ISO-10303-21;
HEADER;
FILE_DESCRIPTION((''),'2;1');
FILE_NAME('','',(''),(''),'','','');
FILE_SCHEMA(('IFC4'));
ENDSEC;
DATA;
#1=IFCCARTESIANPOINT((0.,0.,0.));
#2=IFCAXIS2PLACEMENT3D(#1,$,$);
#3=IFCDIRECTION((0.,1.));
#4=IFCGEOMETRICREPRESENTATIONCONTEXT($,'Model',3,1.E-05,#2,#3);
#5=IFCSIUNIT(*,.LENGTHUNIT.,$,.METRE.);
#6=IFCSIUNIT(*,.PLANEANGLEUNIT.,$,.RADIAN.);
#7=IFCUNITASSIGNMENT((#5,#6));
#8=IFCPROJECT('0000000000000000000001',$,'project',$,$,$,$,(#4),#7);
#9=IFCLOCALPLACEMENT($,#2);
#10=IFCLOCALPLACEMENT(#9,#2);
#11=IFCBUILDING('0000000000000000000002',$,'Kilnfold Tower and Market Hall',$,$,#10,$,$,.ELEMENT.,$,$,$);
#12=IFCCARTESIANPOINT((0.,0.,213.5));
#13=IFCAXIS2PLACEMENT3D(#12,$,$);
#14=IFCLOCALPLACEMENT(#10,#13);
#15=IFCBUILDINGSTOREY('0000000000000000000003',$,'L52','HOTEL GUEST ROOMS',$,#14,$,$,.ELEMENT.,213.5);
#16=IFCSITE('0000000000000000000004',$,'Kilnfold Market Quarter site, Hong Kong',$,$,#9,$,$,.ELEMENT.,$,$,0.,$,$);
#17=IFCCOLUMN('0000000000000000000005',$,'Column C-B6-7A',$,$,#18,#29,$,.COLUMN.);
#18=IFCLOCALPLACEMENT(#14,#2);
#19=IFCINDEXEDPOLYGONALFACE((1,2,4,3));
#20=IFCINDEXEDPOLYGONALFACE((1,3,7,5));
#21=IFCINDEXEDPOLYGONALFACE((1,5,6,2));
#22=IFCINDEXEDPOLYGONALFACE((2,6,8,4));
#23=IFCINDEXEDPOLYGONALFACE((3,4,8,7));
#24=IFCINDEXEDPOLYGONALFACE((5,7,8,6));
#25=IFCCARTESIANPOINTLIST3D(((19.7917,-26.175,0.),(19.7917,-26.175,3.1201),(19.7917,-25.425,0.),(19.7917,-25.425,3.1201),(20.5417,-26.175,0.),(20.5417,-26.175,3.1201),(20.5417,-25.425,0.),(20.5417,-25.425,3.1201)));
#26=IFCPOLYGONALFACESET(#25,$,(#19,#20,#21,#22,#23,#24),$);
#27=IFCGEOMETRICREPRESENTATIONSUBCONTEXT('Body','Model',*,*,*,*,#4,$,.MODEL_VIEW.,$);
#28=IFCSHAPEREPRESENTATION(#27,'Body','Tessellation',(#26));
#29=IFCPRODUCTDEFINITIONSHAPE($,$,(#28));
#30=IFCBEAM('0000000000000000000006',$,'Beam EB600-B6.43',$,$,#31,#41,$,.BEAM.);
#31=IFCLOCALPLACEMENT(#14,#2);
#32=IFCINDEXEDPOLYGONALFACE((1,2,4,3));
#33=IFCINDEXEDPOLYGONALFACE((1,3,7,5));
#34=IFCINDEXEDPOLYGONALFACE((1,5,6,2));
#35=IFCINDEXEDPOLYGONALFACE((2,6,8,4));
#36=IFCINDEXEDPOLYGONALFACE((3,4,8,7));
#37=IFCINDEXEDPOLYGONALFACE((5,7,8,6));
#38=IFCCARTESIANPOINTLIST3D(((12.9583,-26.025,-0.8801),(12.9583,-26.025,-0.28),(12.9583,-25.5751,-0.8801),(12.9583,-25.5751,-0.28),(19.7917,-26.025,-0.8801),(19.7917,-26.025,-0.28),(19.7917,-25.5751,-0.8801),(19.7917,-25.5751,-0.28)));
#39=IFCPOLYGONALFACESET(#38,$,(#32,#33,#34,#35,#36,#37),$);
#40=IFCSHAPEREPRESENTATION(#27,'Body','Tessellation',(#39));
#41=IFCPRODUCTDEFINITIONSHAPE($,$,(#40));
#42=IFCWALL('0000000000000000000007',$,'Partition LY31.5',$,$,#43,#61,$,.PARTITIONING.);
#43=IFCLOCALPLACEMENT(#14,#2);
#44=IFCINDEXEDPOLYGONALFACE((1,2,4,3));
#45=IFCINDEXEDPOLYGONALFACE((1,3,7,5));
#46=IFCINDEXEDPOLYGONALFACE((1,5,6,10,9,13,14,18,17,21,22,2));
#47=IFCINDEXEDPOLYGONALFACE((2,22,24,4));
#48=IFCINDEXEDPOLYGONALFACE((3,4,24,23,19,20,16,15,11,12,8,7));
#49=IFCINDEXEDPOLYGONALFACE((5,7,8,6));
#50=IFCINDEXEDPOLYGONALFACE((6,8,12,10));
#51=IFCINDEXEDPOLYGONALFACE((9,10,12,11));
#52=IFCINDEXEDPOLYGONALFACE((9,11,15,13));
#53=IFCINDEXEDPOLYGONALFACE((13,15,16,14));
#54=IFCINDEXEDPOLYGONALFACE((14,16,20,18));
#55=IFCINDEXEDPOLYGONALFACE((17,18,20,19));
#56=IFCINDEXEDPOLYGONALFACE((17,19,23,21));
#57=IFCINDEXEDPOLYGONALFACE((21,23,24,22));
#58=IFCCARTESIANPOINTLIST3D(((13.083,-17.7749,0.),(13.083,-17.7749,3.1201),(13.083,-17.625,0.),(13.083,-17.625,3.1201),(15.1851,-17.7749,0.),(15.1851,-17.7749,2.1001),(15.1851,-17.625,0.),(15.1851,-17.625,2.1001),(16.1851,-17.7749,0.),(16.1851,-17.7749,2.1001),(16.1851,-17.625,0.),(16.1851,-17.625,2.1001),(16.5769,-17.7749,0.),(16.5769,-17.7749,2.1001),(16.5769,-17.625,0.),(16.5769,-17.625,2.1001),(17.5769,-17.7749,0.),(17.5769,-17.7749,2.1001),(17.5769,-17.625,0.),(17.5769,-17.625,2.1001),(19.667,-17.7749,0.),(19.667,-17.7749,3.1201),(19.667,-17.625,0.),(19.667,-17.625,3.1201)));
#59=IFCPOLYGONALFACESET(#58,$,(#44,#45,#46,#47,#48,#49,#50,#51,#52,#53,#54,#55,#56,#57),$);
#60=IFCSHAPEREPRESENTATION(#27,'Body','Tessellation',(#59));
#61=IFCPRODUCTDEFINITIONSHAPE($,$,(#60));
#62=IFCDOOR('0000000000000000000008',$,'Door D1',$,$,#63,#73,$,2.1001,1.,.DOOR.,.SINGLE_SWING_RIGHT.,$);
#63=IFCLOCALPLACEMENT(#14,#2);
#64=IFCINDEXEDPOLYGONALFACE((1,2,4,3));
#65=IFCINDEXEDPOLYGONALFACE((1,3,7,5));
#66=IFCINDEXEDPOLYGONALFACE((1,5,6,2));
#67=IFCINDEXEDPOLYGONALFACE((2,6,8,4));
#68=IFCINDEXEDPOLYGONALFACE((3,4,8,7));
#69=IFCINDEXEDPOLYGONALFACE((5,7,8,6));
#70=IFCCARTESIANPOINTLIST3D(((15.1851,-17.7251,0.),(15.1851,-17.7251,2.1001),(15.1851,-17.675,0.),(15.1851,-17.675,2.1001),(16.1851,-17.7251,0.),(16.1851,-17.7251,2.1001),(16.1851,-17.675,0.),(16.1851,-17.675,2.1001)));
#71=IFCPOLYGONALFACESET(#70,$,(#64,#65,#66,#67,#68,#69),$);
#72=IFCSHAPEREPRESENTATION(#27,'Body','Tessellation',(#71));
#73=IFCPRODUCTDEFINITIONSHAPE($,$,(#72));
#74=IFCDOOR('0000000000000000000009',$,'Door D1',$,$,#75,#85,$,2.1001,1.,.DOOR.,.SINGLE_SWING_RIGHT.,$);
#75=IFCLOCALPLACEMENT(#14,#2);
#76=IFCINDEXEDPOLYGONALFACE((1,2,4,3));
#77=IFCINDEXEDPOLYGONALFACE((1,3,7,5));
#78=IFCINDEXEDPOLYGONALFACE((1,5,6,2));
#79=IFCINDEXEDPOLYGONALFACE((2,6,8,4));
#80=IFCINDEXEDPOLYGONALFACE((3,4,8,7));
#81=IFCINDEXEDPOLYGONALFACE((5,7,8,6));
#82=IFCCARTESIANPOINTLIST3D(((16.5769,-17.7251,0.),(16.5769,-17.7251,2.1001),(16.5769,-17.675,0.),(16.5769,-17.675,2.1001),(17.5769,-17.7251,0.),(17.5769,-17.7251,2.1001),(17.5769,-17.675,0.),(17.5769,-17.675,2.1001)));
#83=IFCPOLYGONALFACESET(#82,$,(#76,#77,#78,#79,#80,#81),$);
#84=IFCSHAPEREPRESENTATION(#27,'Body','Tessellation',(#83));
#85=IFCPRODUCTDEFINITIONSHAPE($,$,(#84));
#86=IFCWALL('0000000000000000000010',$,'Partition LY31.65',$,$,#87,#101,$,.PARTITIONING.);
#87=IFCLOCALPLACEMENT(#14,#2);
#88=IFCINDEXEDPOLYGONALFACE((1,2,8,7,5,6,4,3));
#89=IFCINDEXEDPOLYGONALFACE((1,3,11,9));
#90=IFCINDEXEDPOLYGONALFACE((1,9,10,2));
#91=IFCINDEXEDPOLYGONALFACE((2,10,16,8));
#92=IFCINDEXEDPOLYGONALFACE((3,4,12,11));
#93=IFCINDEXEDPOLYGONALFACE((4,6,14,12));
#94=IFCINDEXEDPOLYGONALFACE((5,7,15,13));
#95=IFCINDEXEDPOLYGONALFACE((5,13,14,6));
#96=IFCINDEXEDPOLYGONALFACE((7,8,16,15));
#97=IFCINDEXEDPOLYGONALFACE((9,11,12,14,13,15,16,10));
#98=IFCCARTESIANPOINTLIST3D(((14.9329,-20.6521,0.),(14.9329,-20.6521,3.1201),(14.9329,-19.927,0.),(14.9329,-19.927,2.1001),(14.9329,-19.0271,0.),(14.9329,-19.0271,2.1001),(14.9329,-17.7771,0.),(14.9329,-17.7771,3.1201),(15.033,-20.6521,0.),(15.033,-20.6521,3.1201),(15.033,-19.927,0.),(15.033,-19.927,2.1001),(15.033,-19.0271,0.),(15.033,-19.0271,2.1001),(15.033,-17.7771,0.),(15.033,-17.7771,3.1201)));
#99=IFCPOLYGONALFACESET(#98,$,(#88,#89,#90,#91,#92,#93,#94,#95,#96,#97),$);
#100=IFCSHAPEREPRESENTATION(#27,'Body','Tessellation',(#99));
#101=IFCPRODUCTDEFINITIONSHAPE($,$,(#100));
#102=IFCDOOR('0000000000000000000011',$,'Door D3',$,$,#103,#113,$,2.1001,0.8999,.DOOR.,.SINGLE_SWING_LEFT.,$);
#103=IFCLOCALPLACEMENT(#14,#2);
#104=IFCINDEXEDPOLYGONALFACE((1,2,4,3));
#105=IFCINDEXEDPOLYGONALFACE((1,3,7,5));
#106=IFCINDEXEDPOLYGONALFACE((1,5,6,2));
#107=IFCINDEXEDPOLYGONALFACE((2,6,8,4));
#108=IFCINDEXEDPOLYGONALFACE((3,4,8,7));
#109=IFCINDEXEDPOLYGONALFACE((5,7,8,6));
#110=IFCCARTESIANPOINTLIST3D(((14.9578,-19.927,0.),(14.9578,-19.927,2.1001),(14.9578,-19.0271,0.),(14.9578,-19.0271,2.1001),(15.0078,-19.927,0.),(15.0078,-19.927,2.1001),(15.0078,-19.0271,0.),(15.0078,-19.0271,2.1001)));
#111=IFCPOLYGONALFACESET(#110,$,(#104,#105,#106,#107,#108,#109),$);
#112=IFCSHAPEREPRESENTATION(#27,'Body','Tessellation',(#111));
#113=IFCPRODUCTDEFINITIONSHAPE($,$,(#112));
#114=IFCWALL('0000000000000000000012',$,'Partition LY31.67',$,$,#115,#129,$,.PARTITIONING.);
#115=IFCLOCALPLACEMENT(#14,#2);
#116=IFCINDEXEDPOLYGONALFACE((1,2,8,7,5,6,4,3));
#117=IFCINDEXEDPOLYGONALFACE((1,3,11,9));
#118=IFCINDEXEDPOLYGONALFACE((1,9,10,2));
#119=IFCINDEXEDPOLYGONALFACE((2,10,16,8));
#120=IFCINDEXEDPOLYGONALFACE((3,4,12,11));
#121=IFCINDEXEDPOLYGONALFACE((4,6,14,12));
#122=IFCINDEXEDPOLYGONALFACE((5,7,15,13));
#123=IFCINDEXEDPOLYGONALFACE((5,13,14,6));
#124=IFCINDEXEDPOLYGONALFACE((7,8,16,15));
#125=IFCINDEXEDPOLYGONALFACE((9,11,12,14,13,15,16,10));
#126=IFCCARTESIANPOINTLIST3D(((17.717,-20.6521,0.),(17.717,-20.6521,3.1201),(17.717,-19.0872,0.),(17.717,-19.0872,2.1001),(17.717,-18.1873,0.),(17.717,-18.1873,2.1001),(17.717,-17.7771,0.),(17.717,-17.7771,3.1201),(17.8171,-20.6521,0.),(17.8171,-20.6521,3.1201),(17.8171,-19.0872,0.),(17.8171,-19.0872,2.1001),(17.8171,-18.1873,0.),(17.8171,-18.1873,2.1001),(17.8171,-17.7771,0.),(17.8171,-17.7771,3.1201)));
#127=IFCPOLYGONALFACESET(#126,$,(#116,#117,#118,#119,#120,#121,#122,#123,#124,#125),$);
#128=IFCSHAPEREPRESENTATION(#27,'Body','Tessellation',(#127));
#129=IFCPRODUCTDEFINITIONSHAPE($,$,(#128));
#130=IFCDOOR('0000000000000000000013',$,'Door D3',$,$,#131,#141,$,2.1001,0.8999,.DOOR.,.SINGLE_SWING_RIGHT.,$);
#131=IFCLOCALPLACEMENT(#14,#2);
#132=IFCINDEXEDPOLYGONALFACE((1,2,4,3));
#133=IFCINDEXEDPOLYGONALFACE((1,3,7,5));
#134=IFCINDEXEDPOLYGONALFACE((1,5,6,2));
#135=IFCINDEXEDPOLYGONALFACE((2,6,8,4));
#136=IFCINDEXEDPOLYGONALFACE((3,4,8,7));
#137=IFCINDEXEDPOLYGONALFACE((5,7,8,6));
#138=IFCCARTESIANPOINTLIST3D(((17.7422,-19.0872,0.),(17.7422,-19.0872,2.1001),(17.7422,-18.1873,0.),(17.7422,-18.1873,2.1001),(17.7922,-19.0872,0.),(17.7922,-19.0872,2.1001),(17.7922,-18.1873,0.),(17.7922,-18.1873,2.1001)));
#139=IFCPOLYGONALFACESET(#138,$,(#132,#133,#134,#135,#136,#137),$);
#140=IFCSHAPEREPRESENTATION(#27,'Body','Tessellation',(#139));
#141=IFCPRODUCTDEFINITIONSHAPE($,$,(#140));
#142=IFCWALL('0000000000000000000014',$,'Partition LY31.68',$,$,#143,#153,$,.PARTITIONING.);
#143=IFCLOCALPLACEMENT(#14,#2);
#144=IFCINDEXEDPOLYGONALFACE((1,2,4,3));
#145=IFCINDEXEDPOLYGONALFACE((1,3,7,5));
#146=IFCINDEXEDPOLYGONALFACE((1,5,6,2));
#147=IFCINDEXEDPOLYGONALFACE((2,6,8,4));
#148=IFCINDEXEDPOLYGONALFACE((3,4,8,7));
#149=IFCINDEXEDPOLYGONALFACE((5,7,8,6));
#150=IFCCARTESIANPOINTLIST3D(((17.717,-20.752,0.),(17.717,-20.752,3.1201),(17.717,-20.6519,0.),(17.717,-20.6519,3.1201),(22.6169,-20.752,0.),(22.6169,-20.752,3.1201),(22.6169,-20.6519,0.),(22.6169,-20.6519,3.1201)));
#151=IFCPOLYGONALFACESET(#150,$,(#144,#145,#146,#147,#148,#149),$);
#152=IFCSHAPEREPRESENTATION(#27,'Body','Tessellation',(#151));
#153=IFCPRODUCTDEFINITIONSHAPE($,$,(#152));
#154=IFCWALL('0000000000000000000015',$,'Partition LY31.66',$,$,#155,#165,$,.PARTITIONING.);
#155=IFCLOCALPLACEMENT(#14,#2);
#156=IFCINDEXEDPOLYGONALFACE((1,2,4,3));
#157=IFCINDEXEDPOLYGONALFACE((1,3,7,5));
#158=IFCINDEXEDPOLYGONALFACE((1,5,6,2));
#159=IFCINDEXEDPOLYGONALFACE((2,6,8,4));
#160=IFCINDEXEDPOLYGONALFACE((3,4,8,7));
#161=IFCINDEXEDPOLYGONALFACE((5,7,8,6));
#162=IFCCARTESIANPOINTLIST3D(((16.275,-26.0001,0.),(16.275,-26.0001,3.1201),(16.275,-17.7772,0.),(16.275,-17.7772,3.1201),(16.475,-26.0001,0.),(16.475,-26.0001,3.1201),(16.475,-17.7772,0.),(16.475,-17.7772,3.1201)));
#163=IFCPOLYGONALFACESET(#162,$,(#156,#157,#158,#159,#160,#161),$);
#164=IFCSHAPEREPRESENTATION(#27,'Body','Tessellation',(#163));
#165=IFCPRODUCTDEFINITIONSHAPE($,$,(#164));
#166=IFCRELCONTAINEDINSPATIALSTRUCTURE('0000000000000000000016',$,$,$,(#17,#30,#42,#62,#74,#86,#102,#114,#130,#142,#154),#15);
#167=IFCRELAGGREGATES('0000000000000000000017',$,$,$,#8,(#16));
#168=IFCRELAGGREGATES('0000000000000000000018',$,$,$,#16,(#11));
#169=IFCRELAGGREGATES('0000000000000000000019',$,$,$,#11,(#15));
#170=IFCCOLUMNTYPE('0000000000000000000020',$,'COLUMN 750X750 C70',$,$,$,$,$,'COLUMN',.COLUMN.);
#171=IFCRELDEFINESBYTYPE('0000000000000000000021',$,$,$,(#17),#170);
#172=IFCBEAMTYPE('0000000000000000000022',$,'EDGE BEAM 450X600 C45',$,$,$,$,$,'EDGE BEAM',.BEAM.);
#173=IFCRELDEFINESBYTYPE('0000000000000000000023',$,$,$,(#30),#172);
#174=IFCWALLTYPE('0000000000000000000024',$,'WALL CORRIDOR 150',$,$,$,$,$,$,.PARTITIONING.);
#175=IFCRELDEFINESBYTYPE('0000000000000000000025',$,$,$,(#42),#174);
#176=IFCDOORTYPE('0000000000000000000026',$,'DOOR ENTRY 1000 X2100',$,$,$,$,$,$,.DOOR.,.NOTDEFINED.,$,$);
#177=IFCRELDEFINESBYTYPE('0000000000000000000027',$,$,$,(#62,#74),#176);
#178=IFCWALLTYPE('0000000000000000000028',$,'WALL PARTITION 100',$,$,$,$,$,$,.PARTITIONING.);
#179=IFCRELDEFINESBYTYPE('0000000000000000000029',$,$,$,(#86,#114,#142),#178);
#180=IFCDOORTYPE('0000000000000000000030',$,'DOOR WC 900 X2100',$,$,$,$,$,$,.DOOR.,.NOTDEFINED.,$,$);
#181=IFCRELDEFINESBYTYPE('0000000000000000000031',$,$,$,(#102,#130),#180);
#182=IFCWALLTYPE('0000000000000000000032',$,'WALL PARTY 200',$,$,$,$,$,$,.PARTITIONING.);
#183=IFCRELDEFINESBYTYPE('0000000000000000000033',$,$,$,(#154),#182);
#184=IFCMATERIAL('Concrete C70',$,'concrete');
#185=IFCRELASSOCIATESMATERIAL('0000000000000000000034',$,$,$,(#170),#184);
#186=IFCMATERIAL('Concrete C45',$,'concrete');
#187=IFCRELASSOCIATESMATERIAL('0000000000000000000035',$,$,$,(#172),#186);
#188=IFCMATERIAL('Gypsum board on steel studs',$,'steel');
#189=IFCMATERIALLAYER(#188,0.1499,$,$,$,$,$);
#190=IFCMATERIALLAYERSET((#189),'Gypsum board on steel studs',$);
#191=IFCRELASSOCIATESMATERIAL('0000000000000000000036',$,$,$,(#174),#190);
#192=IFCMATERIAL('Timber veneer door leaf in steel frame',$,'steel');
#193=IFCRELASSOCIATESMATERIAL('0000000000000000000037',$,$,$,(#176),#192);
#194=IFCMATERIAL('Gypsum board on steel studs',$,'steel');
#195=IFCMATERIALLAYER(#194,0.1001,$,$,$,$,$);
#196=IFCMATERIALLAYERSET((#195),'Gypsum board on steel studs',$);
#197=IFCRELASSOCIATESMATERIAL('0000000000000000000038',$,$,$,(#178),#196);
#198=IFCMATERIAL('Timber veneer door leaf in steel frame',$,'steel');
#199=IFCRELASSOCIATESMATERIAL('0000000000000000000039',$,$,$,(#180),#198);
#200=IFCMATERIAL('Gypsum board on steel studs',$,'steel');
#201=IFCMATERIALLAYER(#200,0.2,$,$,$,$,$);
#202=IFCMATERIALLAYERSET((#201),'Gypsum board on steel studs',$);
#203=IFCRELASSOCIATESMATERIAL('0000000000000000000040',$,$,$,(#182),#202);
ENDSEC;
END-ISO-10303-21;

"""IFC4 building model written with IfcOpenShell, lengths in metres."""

from ifc_helpers import new_model, si_unit, direction, frame, frame_2d, origin, origin_2d, place, context, subcontext, project, spatial, rectangle, extrude, source, transform, mapped, material, layer, layer_set, material_profile, profile_set, type_object, element, fill, save


model = new_model("IFC4")

# Units and contexts
model_context = context("Model", 3, precision=1e-05, world=origin(), true_north=direction((0.0, 1.0)))
body_context = subcontext(model_context, "Body", "Model", "MODEL_VIEW")
ifc_project = project(units=[si_unit("LENGTHUNIT", "METRE"), si_unit("PLANEANGLEUNIT", "RADIAN")], contexts=[model_context])

# Site, building, storey
site_placement = place(None, origin())
site = spatial("IfcSite", under=ifc_project, at=site_placement, Name="Kilnfold Market Quarter site, Hong Kong", CompositionType="ELEMENT", RefElevation=0.0)
building_placement = place(site_placement, origin())
building = spatial("IfcBuilding", under=site, at=building_placement, Name="Kilnfold Tower and Market Hall", CompositionType="ELEMENT")
storey_placement = place(building_placement, frame((0.0, 0.0, 213.5)))
storey = spatial("IfcBuildingStorey", under=building, at=storey_placement, Name="L52", Description="HOTEL GUEST ROOMS", CompositionType="ELEMENT", Elevation=213.5)

# Column
ifc_material_1 = material(Name="Concrete C70", Category="concrete")
ifc_material_profile_1 = material_profile(ifc_material_1, rectangle(XDim=0.75, YDim=0.75, at=origin_2d()), Name="RC 750x750")
ifc_profile_set_1 = profile_set([ifc_material_profile_1], Name="Concrete C70")
column_type = type_object("IfcColumnType", Name="COLUMN 750X750 C70", ElementType="COLUMN", PredefinedType="COLUMN", material=ifc_profile_set_1)
shared_shape_1 = source(origin(), body_context, "Body", "SweptSolid", [
    extrude(rectangle(XDim=0.75, YDim=0.75, at=origin_2d()), origin(), (0.0, 0.0, 1.0), 3.1201),
])
column_placement = place(storey_placement, frame((20.1667, -25.8, 0.0), z_axis=(0.0, 0.0, 1.0), x_axis=(1.0, 0.0, 0.0)))
element("IfcColumn", 1, at=column_placement, inside=storey, type_object=column_type, Name="Column C-B6-7A", PredefinedType="COLUMN", context=body_context, shape_type="MappedRepresentation", body=[
    mapped(shared_shape_1, transform((0.0, 0.0, 0.0))),
])

# Beam
ifc_material_2 = material(Name="Concrete C45", Category="concrete")
ifc_material_profile_2 = material_profile(ifc_material_2, rectangle(XDim=0.45, YDim=0.6001, at=origin_2d()), Name="RC 450x600")
ifc_profile_set_2 = profile_set([ifc_material_profile_2], Name="Concrete C45")
beam_type = type_object("IfcBeamType", Name="EDGE BEAM 450X600 C45", ElementType="EDGE BEAM", PredefinedType="BEAM", material=ifc_profile_set_2)
shared_shape_2 = source(origin(), body_context, "Body", "SweptSolid", [
    extrude(rectangle(XDim=0.45, YDim=0.6001, at=origin_2d()), origin(), (0.0, 0.0, 1.0), 6.8335),
])
beam_placement = place(storey_placement, frame((12.9583, -25.8, -0.5801), z_axis=(1.0, 0.0, 0.0), x_axis=(0.0, 1.0, 0.0)))
element("IfcBeam", 2, at=beam_placement, inside=storey, type_object=beam_type, Name="Beam EB600-B6.43", PredefinedType="BEAM", context=body_context, shape_type="MappedRepresentation", body=[
    mapped(shared_shape_2, transform((0.0, 0.0, 0.0))),
])

# Wall, openings, doors
ifc_material_3 = material(Name="Gypsum board on steel studs", Category="steel")
ifc_layer_1 = layer(ifc_material_3, 0.1499)
ifc_layer_set_1 = layer_set([ifc_layer_1], Name="Gypsum board on steel studs")
wall_type_1 = type_object("IfcWallType", Name="WALL CORRIDOR 150", PredefinedType="PARTITIONING", material=ifc_layer_set_1)
wall_1_placement = place(storey_placement, frame((13.083, -17.7, 0.0), z_axis=(0.0, 0.0, 1.0), x_axis=(1.0, 0.0, 0.0)))
wall_1 = element("IfcWall", 3, at=wall_1_placement, inside=storey, type_object=wall_type_1, Name="Partition LY31.5", PredefinedType="PARTITIONING", context=body_context, shape_type="SweptSolid", body=[
    extrude(rectangle(XDim=6.584, YDim=0.1499, at=frame_2d((3.292, 0.0))), origin(), (0.0, 0.0, 1.0), 3.1201),
])
opening_1_placement = place(wall_1_placement, frame((2.1021, 0.0, 0.0)))
opening_1 = element("IfcOpeningElement", 4, at=opening_1_placement, cuts=wall_1, PredefinedType="OPENING", context=body_context, shape_type="SweptSolid", body=[
    extrude(rectangle(XDim=1.0, YDim=2.1001, at=frame_2d((0.5, 1.05))), frame((0.0, 0.085, 0.0), z_axis=(0.0, -1.0, 0.0), x_axis=(1.0, 0.0, 0.0)), (0.0, 0.0, 1.0), 0.1699),
])
opening_2_placement = place(wall_1_placement, frame((3.4939, 0.0, 0.0)))
opening_2 = element("IfcOpeningElement", 5, at=opening_2_placement, cuts=wall_1, PredefinedType="OPENING", context=body_context, shape_type="SweptSolid", body=[
    extrude(rectangle(XDim=1.0, YDim=2.1001, at=frame_2d((0.5, 1.05))), frame((0.0, 0.085, 0.0), z_axis=(0.0, -1.0, 0.0), x_axis=(1.0, 0.0, 0.0)), (0.0, 0.0, 1.0), 0.1699),
])
ifc_material_4 = material(Name="Timber veneer door leaf in steel frame", Category="steel")
door_type_1 = type_object("IfcDoorType", Name="DOOR ENTRY 1000 X2100", OperationType="NOTDEFINED", PredefinedType="DOOR", material=ifc_material_4)
door_1_placement = place(opening_1_placement, origin())
door_1 = element("IfcDoor", 6, at=door_1_placement, inside=storey, type_object=door_type_1, Name="Door D1", OperationType="SINGLE_SWING_RIGHT", OverallHeight=2.1001, OverallWidth=1.0, PredefinedType="DOOR", context=body_context, shape_type="SweptSolid", body=[
    extrude(rectangle(XDim=1.0, YDim=2.1001, at=frame_2d((0.5, 1.05))), frame((0.0, 0.0249, 0.0), z_axis=(0.0, -1.0, 0.0), x_axis=(1.0, 0.0, 0.0)), (0.0, 0.0, 1.0), 0.05),
])
fill(opening_1, door_1)
door_2_placement = place(opening_2_placement, origin())
door_2 = element("IfcDoor", 7, at=door_2_placement, inside=storey, type_object=door_type_1, Name="Door D1", OperationType="SINGLE_SWING_RIGHT", OverallHeight=2.1001, OverallWidth=1.0, PredefinedType="DOOR", context=body_context, shape_type="SweptSolid", body=[
    extrude(rectangle(XDim=1.0, YDim=2.1001, at=frame_2d((0.5, 1.05))), frame((0.0, 0.0249, 0.0), z_axis=(0.0, -1.0, 0.0), x_axis=(1.0, 0.0, 0.0)), (0.0, 0.0, 1.0), 0.05),
])
fill(opening_2, door_2)

# Walls, openings, doors
ifc_material_5 = material(Name="Gypsum board on steel studs", Category="steel")
ifc_layer_2 = layer(ifc_material_5, 0.1001)
ifc_layer_set_2 = layer_set([ifc_layer_2], Name="Gypsum board on steel studs")
wall_type_2 = type_object("IfcWallType", Name="WALL PARTITION 100", PredefinedType="PARTITIONING", material=ifc_layer_set_2)
wall_2_placement = place(storey_placement, frame((14.9829, -17.7771, 0.0), z_axis=(0.0, 0.0, 1.0), x_axis=(0.0, -1.0, 0.0)))
wall_2 = element("IfcWall", 8, at=wall_2_placement, inside=storey, type_object=wall_type_2, Name="Partition LY31.65", PredefinedType="PARTITIONING", context=body_context, shape_type="SweptSolid", body=[
    extrude(rectangle(XDim=2.875, YDim=0.1001, at=frame_2d((1.4375, 0.0))), origin(), (0.0, 0.0, 1.0), 3.1201),
])
opening_3_placement = place(wall_2_placement, frame((1.25, 0.0, 0.0)))
opening_3 = element("IfcOpeningElement", 9, at=opening_3_placement, cuts=wall_2, PredefinedType="OPENING", context=body_context, shape_type="SweptSolid", body=[
    extrude(rectangle(XDim=0.8999, YDim=2.1001, at=frame_2d((0.45, 1.05))), frame((0.0, 0.0601, 0.0), z_axis=(0.0, -1.0, 0.0), x_axis=(1.0, 0.0, 0.0)), (0.0, 0.0, 1.0), 0.1201),
])
ifc_material_6 = material(Name="Timber veneer door leaf in steel frame", Category="steel")
door_type_2 = type_object("IfcDoorType", Name="DOOR WC 900 X2100", OperationType="NOTDEFINED", PredefinedType="DOOR", material=ifc_material_6)
door_3_placement = place(opening_3_placement, origin())
door_3 = element("IfcDoor", 10, at=door_3_placement, inside=storey, type_object=door_type_2, Name="Door D3", OperationType="SINGLE_SWING_LEFT", OverallHeight=2.1001, OverallWidth=0.8999, PredefinedType="DOOR", context=body_context, shape_type="SweptSolid", body=[
    extrude(rectangle(XDim=0.8999, YDim=2.1001, at=frame_2d((0.45, 1.05))), frame((0.0, 0.0249, 0.0), z_axis=(0.0, -1.0, 0.0), x_axis=(1.0, 0.0, 0.0)), (0.0, 0.0, 1.0), 0.05),
])
fill(opening_3, door_3)
wall_3_placement = place(storey_placement, frame((17.7671, -20.6521, 0.0), z_axis=(0.0, 0.0, 1.0), x_axis=(0.0, 1.0, 0.0)))
wall_3 = element("IfcWall", 11, at=wall_3_placement, inside=storey, type_object=wall_type_2, Name="Partition LY31.67", PredefinedType="PARTITIONING", context=body_context, shape_type="SweptSolid", body=[
    extrude(rectangle(XDim=2.875, YDim=0.1001, at=frame_2d((1.4375, 0.0))), origin(), (0.0, 0.0, 1.0), 3.1201),
])
opening_4_placement = place(wall_3_placement, frame((1.5649, 0.0, 0.0)))
opening_4 = element("IfcOpeningElement", 12, at=opening_4_placement, cuts=wall_3, PredefinedType="OPENING", context=body_context, shape_type="SweptSolid", body=[
    extrude(rectangle(XDim=0.8999, YDim=2.1001, at=frame_2d((0.45, 1.05))), frame((0.0, 0.0601, 0.0), z_axis=(0.0, -1.0, 0.0), x_axis=(1.0, 0.0, 0.0)), (0.0, 0.0, 1.0), 0.1201),
])
door_4_placement = place(opening_4_placement, origin())
door_4 = element("IfcDoor", 13, at=door_4_placement, inside=storey, type_object=door_type_2, Name="Door D3", OperationType="SINGLE_SWING_RIGHT", OverallHeight=2.1001, OverallWidth=0.8999, PredefinedType="DOOR", context=body_context, shape_type="SweptSolid", body=[
    extrude(rectangle(XDim=0.8999, YDim=2.1001, at=frame_2d((0.45, 1.05))), frame((0.0, 0.0249, 0.0), z_axis=(0.0, -1.0, 0.0), x_axis=(1.0, 0.0, 0.0)), (0.0, 0.0, 1.0), 0.05),
])
fill(opening_4, door_4)

# Walls
wall_4_placement = place(storey_placement, frame((17.717, -20.7019, 0.0), z_axis=(0.0, 0.0, 1.0), x_axis=(1.0, 0.0, 0.0)))
element("IfcWall", 14, at=wall_4_placement, inside=storey, type_object=wall_type_2, Name="Partition LY31.68", PredefinedType="PARTITIONING", context=body_context, shape_type="SweptSolid", body=[
    extrude(rectangle(XDim=4.8999, YDim=0.1001, at=frame_2d((2.45, 0.0))), origin(), (0.0, 0.0, 1.0), 3.1201),
])
ifc_material_7 = material(Name="Gypsum board on steel studs", Category="steel")
ifc_layer_3 = layer(ifc_material_7, 0.2)
ifc_layer_set_3 = layer_set([ifc_layer_3], Name="Gypsum board on steel studs")
wall_type_3 = type_object("IfcWallType", Name="WALL PARTY 200", PredefinedType="PARTITIONING", material=ifc_layer_set_3)
wall_5_placement = place(storey_placement, frame((16.375, -26.0, 0.0), z_axis=(0.0, 0.0, 1.0), x_axis=(0.0, 1.0, 0.0)))
element("IfcWall", 15, at=wall_5_placement, inside=storey, type_object=wall_type_3, Name="Partition LY31.66", PredefinedType="PARTITIONING", context=body_context, shape_type="SweptSolid", body=[
    extrude(rectangle(XDim=8.2229, YDim=0.2, at=frame_2d((4.1113, 0.0))), origin(), (0.0, 0.0, 1.0), 3.1201),
])

save(model, "model.ifc")
